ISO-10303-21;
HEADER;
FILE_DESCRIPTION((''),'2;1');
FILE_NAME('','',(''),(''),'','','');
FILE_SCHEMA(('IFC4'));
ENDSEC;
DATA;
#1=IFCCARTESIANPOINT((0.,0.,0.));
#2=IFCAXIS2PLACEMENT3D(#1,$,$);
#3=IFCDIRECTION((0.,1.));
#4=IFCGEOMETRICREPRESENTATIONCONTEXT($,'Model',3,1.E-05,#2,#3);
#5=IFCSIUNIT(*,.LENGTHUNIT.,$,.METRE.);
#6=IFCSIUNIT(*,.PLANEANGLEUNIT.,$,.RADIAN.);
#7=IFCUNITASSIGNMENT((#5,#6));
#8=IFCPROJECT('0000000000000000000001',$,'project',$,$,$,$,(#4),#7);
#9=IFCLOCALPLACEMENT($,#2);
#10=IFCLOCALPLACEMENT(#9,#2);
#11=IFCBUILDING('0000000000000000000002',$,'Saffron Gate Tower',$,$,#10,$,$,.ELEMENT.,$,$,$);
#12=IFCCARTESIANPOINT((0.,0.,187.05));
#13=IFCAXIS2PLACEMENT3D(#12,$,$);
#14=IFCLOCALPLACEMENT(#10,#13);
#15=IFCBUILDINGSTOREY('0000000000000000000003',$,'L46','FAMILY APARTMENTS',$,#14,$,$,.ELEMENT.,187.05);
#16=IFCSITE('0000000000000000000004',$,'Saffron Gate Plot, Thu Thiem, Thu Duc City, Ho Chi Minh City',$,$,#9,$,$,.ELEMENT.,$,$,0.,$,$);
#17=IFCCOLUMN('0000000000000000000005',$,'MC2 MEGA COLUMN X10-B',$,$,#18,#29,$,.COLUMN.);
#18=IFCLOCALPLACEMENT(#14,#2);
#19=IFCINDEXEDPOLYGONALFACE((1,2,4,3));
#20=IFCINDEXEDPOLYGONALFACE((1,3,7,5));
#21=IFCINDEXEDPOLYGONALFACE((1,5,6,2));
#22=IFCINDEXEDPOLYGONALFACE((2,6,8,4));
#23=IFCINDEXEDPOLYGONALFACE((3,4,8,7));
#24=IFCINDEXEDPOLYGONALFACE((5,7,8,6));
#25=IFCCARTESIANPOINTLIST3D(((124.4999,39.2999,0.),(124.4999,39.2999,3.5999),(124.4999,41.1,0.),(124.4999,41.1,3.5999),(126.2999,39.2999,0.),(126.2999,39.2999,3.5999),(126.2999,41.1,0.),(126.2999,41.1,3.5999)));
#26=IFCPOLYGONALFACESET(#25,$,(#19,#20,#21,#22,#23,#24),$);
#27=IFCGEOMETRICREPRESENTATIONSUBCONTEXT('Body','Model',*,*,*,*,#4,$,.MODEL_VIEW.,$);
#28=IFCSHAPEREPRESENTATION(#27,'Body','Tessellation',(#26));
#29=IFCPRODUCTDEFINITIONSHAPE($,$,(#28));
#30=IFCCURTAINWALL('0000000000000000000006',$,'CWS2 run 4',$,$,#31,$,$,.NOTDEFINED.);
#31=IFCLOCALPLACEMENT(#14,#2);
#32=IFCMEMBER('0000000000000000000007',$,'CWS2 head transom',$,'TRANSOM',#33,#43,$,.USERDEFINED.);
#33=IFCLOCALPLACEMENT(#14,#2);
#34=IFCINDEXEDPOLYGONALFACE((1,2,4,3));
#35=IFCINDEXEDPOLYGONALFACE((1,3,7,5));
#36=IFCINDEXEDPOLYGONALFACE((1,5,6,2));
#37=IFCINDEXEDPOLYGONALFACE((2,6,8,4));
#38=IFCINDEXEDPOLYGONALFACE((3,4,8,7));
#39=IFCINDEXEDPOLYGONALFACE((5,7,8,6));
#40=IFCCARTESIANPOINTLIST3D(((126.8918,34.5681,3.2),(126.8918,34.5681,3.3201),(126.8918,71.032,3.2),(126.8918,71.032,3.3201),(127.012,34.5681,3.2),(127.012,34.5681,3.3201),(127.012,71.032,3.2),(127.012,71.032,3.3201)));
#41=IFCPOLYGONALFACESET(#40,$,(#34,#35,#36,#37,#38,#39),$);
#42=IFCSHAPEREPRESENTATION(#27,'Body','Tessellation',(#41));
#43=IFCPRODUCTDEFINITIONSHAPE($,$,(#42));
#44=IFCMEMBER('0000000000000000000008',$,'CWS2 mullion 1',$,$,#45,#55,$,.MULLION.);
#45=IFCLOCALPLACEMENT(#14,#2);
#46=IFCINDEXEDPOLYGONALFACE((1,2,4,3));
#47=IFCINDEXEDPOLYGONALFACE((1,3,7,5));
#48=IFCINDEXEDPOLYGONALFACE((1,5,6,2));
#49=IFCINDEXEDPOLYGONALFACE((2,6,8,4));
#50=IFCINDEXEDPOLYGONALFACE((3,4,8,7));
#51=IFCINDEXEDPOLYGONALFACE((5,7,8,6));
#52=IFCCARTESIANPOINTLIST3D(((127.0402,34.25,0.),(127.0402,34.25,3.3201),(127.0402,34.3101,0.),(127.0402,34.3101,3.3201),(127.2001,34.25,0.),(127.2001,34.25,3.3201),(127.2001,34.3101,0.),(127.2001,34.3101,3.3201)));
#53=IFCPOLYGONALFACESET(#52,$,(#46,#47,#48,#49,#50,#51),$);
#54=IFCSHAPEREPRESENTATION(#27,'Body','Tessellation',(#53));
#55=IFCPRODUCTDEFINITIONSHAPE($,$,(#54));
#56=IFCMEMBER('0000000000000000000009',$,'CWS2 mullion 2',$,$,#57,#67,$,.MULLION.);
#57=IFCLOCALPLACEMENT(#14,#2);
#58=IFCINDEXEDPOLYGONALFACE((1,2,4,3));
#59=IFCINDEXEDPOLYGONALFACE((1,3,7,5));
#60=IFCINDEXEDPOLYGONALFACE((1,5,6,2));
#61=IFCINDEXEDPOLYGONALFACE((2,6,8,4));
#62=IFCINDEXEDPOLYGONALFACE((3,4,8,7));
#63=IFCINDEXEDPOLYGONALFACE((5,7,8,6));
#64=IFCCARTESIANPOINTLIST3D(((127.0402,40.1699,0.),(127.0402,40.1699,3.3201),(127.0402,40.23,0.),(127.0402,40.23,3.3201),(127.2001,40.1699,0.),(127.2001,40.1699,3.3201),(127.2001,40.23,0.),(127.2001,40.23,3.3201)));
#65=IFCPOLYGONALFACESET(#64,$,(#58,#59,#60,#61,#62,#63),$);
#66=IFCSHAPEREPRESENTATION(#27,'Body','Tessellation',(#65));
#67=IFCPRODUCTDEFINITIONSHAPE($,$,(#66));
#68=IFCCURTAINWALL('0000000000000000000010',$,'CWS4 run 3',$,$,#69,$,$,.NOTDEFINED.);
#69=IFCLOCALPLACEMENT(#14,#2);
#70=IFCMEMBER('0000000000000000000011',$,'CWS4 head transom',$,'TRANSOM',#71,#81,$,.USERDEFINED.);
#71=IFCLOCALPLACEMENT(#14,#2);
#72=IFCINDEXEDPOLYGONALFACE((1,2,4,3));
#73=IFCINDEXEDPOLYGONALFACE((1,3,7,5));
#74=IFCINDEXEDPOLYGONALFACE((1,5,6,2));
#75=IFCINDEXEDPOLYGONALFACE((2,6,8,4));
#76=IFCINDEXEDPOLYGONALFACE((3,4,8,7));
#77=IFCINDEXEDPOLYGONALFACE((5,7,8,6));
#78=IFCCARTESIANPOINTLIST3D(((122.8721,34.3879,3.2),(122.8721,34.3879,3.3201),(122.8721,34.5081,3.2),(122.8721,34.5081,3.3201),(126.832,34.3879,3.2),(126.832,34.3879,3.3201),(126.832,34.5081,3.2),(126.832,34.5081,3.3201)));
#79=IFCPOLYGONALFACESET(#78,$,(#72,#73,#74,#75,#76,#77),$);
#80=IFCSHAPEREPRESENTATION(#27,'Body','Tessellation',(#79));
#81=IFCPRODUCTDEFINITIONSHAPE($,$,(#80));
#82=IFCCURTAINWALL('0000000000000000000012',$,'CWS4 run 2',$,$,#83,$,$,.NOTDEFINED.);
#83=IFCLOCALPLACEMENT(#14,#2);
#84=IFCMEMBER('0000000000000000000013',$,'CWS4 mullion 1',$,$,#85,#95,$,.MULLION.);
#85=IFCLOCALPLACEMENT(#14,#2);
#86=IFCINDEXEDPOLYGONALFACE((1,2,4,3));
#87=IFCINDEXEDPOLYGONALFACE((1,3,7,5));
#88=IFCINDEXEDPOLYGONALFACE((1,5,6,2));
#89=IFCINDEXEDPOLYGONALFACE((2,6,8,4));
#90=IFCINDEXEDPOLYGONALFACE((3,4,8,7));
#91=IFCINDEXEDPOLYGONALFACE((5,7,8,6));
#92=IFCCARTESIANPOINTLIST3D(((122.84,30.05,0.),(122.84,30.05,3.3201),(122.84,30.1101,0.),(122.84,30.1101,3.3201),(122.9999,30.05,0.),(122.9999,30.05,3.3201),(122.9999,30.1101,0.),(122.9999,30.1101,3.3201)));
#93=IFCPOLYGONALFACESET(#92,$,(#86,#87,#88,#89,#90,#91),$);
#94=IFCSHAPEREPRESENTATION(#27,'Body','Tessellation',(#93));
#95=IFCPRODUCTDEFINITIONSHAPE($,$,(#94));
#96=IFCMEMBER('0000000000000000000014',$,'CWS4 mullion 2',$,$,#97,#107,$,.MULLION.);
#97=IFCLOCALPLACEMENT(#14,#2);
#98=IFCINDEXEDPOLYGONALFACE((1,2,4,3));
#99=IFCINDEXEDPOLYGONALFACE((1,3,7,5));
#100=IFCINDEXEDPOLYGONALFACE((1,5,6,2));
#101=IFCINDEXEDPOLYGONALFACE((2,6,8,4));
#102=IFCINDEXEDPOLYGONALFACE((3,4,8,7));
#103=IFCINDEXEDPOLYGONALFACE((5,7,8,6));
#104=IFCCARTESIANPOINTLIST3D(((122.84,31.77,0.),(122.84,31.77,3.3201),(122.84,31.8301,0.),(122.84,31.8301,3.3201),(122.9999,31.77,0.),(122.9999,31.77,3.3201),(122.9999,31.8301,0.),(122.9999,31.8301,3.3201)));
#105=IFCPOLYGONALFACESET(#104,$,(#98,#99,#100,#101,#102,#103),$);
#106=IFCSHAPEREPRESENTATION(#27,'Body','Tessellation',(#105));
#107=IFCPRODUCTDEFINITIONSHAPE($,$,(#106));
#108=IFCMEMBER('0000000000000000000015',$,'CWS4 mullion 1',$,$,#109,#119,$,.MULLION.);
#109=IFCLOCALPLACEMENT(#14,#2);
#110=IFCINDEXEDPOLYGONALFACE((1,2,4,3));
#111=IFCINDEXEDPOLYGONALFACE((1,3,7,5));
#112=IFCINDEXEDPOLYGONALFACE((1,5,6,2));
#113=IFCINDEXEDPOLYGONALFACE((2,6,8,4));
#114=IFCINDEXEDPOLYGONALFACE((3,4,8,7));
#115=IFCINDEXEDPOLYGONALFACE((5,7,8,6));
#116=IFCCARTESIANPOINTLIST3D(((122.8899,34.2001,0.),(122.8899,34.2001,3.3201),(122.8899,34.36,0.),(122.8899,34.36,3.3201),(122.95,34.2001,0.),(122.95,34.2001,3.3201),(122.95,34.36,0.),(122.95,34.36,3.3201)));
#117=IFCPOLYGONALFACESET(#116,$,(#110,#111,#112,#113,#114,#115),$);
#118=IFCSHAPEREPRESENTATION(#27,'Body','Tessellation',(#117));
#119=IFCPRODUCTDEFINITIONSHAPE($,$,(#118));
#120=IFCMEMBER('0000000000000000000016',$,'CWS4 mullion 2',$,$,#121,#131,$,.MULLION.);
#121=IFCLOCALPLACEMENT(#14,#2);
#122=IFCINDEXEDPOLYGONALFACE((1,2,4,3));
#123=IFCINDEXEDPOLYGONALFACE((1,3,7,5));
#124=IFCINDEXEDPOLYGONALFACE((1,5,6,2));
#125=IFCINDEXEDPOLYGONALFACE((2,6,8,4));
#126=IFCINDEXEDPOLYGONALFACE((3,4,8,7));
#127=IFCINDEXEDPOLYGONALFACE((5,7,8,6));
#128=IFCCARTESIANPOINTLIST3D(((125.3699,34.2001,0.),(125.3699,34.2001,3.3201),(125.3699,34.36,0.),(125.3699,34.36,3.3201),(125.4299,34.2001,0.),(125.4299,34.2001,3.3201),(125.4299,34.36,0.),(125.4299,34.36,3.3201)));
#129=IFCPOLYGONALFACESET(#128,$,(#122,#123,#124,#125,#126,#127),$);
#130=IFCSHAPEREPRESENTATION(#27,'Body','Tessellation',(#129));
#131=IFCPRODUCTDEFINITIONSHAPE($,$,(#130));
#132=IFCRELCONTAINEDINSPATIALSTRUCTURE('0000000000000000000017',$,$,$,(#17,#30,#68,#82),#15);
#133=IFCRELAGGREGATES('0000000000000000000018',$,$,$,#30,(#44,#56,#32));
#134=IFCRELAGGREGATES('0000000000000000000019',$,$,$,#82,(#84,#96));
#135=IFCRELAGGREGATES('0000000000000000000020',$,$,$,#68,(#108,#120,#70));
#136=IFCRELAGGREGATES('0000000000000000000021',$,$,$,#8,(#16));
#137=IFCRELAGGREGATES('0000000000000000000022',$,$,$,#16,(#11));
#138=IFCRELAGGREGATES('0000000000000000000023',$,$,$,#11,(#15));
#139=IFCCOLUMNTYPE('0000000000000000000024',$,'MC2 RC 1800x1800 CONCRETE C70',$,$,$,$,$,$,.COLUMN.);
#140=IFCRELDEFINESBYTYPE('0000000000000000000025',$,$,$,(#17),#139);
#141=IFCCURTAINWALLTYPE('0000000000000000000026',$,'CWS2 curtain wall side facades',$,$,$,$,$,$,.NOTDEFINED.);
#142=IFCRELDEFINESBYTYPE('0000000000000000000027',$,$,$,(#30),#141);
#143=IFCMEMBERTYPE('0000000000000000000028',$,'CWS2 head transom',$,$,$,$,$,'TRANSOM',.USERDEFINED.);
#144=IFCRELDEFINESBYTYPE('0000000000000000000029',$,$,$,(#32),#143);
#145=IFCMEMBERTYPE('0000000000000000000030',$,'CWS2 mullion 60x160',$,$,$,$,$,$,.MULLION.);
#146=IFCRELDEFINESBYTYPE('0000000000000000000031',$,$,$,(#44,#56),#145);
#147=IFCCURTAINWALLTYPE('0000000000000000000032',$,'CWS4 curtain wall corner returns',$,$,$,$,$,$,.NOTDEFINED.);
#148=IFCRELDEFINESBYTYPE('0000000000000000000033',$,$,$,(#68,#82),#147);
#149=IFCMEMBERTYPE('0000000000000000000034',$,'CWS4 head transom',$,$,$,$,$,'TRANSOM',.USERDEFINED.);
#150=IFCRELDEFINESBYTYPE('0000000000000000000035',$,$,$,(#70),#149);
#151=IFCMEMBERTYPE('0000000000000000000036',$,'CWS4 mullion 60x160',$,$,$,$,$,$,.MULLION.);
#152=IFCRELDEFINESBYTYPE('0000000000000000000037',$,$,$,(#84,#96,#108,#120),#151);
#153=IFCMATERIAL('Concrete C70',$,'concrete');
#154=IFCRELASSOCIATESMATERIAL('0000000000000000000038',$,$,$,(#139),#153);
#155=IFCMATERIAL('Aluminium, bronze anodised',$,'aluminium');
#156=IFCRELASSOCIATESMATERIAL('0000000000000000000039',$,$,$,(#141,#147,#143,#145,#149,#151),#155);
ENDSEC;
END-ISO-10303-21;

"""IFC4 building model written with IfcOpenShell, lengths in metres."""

from ifc_helpers import new_model, si_unit, direction, frame, origin, origin_2d, place, context, subcontext, project, spatial, rectangle, extrude, material, material_profile, profile_set, type_object, element, aggregate, save


model = new_model("IFC4")

# Units and contexts
model_context = context("Model", 3, precision=1e-05, world=origin(), true_north=direction((0.0, 1.0)))
body_context = subcontext(model_context, "Body", "Model", "MODEL_VIEW")
ifc_project = project(units=[si_unit("LENGTHUNIT", "METRE"), si_unit("PLANEANGLEUNIT", "RADIAN")], contexts=[model_context])

# Site, building, storey
site_placement = place(None, origin())
site = spatial("IfcSite", under=ifc_project, at=site_placement, Name="Saffron Gate Plot, Thu Thiem, Thu Duc City, Ho Chi Minh City", CompositionType="ELEMENT", RefElevation=0.0)
building_placement = place(site_placement, origin())
building = spatial("IfcBuilding", under=site, at=building_placement, Name="Saffron Gate Tower", CompositionType="ELEMENT")
storey_placement = place(building_placement, frame((0.0, 0.0, 187.05)))
storey = spatial("IfcBuildingStorey", under=building, at=storey_placement, Name="L46", Description="FAMILY APARTMENTS", CompositionType="ELEMENT", Elevation=187.05)

# Column
ifc_material_1 = material(Name="Concrete C70", Category="concrete")
ifc_material_profile_1 = material_profile(ifc_material_1, rectangle(XDim=1.8, YDim=1.8, at=origin_2d()))
ifc_profile_set_1 = profile_set([ifc_material_profile_1], Name="Concrete C70")
column_type = type_object("IfcColumnType", Name="MC2 RC 1800x1800 CONCRETE C70", PredefinedType="COLUMN", material=ifc_profile_set_1)
column_placement = place(storey_placement, frame((125.3999, 40.2, 0.0), z_axis=(0.0, 0.0, 1.0), x_axis=(1.0, 0.0, 0.0)))
element("IfcColumn", 1, at=column_placement, inside=storey, type_object=column_type, Name="MC2 MEGA COLUMN X10-B", PredefinedType="COLUMN", context=body_context, shape_type="SweptSolid", body=[
    extrude(rectangle(XDim=1.8, YDim=1.8, at=origin_2d()), origin(), (0.0, 0.0, 1.0), 3.5999),
])

# Curtain wall, members
ifc_material_2 = material(Name="Aluminium, bronze anodised", Category="aluminium")
curtain_wall_type_1 = type_object("IfcCurtainWallType", Name="CWS2 curtain wall side facades", PredefinedType="NOTDEFINED", material=ifc_material_2)
curtain_wall_1_placement = place(storey_placement, origin())
curtain_wall_1 = element("IfcCurtainWall", 2, at=curtain_wall_1_placement, inside=storey, type_object=curtain_wall_type_1, Name="CWS2 run 4", PredefinedType="NOTDEFINED")
ifc_material_profile_2 = material_profile(ifc_material_2, rectangle(XDim=0.1201, YDim=0.1201, at=origin_2d()))
ifc_profile_set_2 = profile_set([ifc_material_profile_2], Name="Aluminium, bronze anodised")
member_type_1 = type_object("IfcMemberType", Name="CWS2 head transom", ElementType="TRANSOM", PredefinedType="USERDEFINED", material=ifc_profile_set_2)
member_1_placement = place(storey_placement, frame((126.9519, 34.5681, 3.26), z_axis=(0.0, 1.0, 0.0), x_axis=(-1.0, 0.0, 0.0)))
member_1 = element("IfcMember", 3, at=member_1_placement, type_object=member_type_1, Name="CWS2 head transom", ObjectType="TRANSOM", PredefinedType="USERDEFINED", context=body_context, shape_type="SweptSolid", body=[
    extrude(rectangle(XDim=0.1201, YDim=0.1201, at=origin_2d()), origin(), (0.0, 0.0, 1.0), 36.4639),
])
ifc_material_profile_3 = material_profile(ifc_material_2, rectangle(XDim=0.1599, YDim=0.0601, at=origin_2d()))
ifc_profile_set_3 = profile_set([ifc_material_profile_3], Name="Aluminium, bronze anodised")
member_type_2 = type_object("IfcMemberType", Name="CWS2 mullion 60x160", PredefinedType="MULLION", material=ifc_profile_set_3)
member_2_placement = place(storey_placement, frame((127.1201, 34.28, 0.0), z_axis=(0.0, 0.0, 1.0), x_axis=(-1.0, 0.0, 0.0)))
member_2 = element("IfcMember", 4, at=member_2_placement, type_object=member_type_2, Name="CWS2 mullion 1", PredefinedType="MULLION", context=body_context, shape_type="SweptSolid", body=[
    extrude(rectangle(XDim=0.1599, YDim=0.0601, at=origin_2d()), origin(), (0.0, 0.0, 1.0), 3.3201),
])
member_3_placement = place(storey_placement, frame((127.1201, 40.2, 0.0), z_axis=(0.0, 0.0, 1.0), x_axis=(-1.0, 0.0, 0.0)))
member_3 = element("IfcMember", 5, at=member_3_placement, type_object=member_type_2, Name="CWS2 mullion 2", PredefinedType="MULLION", context=body_context, shape_type="SweptSolid", body=[
    extrude(rectangle(XDim=0.1599, YDim=0.0601, at=origin_2d()), origin(), (0.0, 0.0, 1.0), 3.3201),
])

# Curtain wall, member
curtain_wall_type_2 = type_object("IfcCurtainWallType", Name="CWS4 curtain wall corner returns", PredefinedType="NOTDEFINED", material=ifc_material_2)
curtain_wall_2_placement = place(storey_placement, origin())
curtain_wall_2 = element("IfcCurtainWall", 6, at=curtain_wall_2_placement, inside=storey, type_object=curtain_wall_type_2, Name="CWS4 run 3", PredefinedType="NOTDEFINED")
ifc_material_profile_4 = material_profile(ifc_material_2, rectangle(XDim=0.1201, YDim=0.1201, at=origin_2d()))
ifc_profile_set_4 = profile_set([ifc_material_profile_4], Name="Aluminium, bronze anodised")
member_type_3 = type_object("IfcMemberType", Name="CWS4 head transom", ElementType="TRANSOM", PredefinedType="USERDEFINED", material=ifc_profile_set_4)
member_4_placement = place(storey_placement, frame((122.8721, 34.448, 3.26), z_axis=(1.0, 0.0, 0.0), x_axis=(0.0, 1.0, 0.0)))
member_4 = element("IfcMember", 7, at=member_4_placement, type_object=member_type_3, Name="CWS4 head transom", ObjectType="TRANSOM", PredefinedType="USERDEFINED", context=body_context, shape_type="SweptSolid", body=[
    extrude(rectangle(XDim=0.1201, YDim=0.1201, at=origin_2d()), origin(), (0.0, 0.0, 1.0), 3.96),
])

# Curtain wall, members
curtain_wall_3_placement = place(storey_placement, origin())
curtain_wall_3 = element("IfcCurtainWall", 8, at=curtain_wall_3_placement, inside=storey, type_object=curtain_wall_type_2, Name="CWS4 run 2", PredefinedType="NOTDEFINED")
ifc_material_profile_5 = material_profile(ifc_material_2, rectangle(XDim=0.1599, YDim=0.0601, at=origin_2d()))
ifc_profile_set_5 = profile_set([ifc_material_profile_5], Name="Aluminium, bronze anodised")
member_type_4 = type_object("IfcMemberType", Name="CWS4 mullion 60x160", PredefinedType="MULLION", material=ifc_profile_set_5)
member_5_placement = place(storey_placement, frame((122.9199, 30.0801, 0.0), z_axis=(0.0, 0.0, 1.0), x_axis=(-1.0, 0.0, 0.0)))
member_5 = element("IfcMember", 9, at=member_5_placement, type_object=member_type_4, Name="CWS4 mullion 1", PredefinedType="MULLION", context=body_context, shape_type="SweptSolid", body=[
    extrude(rectangle(XDim=0.1599, YDim=0.0601, at=origin_2d()), origin(), (0.0, 0.0, 1.0), 3.3201),
])
member_6_placement = place(storey_placement, frame((122.9199, 31.8, 0.0), z_axis=(0.0, 0.0, 1.0), x_axis=(-1.0, 0.0, 0.0)))
member_6 = element("IfcMember", 10, at=member_6_placement, type_object=member_type_4, Name="CWS4 mullion 2", PredefinedType="MULLION", context=body_context, shape_type="SweptSolid", body=[
    extrude(rectangle(XDim=0.1599, YDim=0.0601, at=origin_2d()), origin(), (0.0, 0.0, 1.0), 3.3201),
])

# Members
member_7_placement = place(storey_placement, frame((122.9199, 34.28, 0.0), z_axis=(0.0, 0.0, 1.0), x_axis=(0.0, 1.0, 0.0)))
member_7 = element("IfcMember", 11, at=member_7_placement, type_object=member_type_4, Name="CWS4 mullion 1", PredefinedType="MULLION", context=body_context, shape_type="SweptSolid", body=[
    extrude(rectangle(XDim=0.1599, YDim=0.0601, at=origin_2d()), origin(), (0.0, 0.0, 1.0), 3.3201),
])
member_8_placement = place(storey_placement, frame((125.3999, 34.28, 0.0), z_axis=(0.0, 0.0, 1.0), x_axis=(0.0, 1.0, 0.0)))
member_8 = element("IfcMember", 12, at=member_8_placement, type_object=member_type_4, Name="CWS4 mullion 2", PredefinedType="MULLION", context=body_context, shape_type="SweptSolid", body=[
    extrude(rectangle(XDim=0.1599, YDim=0.0601, at=origin_2d()), origin(), (0.0, 0.0, 1.0), 3.3201),
])

aggregate(curtain_wall_1, [member_2, member_3, member_1])

aggregate(curtain_wall_3, [member_5, member_6])
aggregate(curtain_wall_2, [member_7, member_8, member_4])

save(model, "model.ifc")
